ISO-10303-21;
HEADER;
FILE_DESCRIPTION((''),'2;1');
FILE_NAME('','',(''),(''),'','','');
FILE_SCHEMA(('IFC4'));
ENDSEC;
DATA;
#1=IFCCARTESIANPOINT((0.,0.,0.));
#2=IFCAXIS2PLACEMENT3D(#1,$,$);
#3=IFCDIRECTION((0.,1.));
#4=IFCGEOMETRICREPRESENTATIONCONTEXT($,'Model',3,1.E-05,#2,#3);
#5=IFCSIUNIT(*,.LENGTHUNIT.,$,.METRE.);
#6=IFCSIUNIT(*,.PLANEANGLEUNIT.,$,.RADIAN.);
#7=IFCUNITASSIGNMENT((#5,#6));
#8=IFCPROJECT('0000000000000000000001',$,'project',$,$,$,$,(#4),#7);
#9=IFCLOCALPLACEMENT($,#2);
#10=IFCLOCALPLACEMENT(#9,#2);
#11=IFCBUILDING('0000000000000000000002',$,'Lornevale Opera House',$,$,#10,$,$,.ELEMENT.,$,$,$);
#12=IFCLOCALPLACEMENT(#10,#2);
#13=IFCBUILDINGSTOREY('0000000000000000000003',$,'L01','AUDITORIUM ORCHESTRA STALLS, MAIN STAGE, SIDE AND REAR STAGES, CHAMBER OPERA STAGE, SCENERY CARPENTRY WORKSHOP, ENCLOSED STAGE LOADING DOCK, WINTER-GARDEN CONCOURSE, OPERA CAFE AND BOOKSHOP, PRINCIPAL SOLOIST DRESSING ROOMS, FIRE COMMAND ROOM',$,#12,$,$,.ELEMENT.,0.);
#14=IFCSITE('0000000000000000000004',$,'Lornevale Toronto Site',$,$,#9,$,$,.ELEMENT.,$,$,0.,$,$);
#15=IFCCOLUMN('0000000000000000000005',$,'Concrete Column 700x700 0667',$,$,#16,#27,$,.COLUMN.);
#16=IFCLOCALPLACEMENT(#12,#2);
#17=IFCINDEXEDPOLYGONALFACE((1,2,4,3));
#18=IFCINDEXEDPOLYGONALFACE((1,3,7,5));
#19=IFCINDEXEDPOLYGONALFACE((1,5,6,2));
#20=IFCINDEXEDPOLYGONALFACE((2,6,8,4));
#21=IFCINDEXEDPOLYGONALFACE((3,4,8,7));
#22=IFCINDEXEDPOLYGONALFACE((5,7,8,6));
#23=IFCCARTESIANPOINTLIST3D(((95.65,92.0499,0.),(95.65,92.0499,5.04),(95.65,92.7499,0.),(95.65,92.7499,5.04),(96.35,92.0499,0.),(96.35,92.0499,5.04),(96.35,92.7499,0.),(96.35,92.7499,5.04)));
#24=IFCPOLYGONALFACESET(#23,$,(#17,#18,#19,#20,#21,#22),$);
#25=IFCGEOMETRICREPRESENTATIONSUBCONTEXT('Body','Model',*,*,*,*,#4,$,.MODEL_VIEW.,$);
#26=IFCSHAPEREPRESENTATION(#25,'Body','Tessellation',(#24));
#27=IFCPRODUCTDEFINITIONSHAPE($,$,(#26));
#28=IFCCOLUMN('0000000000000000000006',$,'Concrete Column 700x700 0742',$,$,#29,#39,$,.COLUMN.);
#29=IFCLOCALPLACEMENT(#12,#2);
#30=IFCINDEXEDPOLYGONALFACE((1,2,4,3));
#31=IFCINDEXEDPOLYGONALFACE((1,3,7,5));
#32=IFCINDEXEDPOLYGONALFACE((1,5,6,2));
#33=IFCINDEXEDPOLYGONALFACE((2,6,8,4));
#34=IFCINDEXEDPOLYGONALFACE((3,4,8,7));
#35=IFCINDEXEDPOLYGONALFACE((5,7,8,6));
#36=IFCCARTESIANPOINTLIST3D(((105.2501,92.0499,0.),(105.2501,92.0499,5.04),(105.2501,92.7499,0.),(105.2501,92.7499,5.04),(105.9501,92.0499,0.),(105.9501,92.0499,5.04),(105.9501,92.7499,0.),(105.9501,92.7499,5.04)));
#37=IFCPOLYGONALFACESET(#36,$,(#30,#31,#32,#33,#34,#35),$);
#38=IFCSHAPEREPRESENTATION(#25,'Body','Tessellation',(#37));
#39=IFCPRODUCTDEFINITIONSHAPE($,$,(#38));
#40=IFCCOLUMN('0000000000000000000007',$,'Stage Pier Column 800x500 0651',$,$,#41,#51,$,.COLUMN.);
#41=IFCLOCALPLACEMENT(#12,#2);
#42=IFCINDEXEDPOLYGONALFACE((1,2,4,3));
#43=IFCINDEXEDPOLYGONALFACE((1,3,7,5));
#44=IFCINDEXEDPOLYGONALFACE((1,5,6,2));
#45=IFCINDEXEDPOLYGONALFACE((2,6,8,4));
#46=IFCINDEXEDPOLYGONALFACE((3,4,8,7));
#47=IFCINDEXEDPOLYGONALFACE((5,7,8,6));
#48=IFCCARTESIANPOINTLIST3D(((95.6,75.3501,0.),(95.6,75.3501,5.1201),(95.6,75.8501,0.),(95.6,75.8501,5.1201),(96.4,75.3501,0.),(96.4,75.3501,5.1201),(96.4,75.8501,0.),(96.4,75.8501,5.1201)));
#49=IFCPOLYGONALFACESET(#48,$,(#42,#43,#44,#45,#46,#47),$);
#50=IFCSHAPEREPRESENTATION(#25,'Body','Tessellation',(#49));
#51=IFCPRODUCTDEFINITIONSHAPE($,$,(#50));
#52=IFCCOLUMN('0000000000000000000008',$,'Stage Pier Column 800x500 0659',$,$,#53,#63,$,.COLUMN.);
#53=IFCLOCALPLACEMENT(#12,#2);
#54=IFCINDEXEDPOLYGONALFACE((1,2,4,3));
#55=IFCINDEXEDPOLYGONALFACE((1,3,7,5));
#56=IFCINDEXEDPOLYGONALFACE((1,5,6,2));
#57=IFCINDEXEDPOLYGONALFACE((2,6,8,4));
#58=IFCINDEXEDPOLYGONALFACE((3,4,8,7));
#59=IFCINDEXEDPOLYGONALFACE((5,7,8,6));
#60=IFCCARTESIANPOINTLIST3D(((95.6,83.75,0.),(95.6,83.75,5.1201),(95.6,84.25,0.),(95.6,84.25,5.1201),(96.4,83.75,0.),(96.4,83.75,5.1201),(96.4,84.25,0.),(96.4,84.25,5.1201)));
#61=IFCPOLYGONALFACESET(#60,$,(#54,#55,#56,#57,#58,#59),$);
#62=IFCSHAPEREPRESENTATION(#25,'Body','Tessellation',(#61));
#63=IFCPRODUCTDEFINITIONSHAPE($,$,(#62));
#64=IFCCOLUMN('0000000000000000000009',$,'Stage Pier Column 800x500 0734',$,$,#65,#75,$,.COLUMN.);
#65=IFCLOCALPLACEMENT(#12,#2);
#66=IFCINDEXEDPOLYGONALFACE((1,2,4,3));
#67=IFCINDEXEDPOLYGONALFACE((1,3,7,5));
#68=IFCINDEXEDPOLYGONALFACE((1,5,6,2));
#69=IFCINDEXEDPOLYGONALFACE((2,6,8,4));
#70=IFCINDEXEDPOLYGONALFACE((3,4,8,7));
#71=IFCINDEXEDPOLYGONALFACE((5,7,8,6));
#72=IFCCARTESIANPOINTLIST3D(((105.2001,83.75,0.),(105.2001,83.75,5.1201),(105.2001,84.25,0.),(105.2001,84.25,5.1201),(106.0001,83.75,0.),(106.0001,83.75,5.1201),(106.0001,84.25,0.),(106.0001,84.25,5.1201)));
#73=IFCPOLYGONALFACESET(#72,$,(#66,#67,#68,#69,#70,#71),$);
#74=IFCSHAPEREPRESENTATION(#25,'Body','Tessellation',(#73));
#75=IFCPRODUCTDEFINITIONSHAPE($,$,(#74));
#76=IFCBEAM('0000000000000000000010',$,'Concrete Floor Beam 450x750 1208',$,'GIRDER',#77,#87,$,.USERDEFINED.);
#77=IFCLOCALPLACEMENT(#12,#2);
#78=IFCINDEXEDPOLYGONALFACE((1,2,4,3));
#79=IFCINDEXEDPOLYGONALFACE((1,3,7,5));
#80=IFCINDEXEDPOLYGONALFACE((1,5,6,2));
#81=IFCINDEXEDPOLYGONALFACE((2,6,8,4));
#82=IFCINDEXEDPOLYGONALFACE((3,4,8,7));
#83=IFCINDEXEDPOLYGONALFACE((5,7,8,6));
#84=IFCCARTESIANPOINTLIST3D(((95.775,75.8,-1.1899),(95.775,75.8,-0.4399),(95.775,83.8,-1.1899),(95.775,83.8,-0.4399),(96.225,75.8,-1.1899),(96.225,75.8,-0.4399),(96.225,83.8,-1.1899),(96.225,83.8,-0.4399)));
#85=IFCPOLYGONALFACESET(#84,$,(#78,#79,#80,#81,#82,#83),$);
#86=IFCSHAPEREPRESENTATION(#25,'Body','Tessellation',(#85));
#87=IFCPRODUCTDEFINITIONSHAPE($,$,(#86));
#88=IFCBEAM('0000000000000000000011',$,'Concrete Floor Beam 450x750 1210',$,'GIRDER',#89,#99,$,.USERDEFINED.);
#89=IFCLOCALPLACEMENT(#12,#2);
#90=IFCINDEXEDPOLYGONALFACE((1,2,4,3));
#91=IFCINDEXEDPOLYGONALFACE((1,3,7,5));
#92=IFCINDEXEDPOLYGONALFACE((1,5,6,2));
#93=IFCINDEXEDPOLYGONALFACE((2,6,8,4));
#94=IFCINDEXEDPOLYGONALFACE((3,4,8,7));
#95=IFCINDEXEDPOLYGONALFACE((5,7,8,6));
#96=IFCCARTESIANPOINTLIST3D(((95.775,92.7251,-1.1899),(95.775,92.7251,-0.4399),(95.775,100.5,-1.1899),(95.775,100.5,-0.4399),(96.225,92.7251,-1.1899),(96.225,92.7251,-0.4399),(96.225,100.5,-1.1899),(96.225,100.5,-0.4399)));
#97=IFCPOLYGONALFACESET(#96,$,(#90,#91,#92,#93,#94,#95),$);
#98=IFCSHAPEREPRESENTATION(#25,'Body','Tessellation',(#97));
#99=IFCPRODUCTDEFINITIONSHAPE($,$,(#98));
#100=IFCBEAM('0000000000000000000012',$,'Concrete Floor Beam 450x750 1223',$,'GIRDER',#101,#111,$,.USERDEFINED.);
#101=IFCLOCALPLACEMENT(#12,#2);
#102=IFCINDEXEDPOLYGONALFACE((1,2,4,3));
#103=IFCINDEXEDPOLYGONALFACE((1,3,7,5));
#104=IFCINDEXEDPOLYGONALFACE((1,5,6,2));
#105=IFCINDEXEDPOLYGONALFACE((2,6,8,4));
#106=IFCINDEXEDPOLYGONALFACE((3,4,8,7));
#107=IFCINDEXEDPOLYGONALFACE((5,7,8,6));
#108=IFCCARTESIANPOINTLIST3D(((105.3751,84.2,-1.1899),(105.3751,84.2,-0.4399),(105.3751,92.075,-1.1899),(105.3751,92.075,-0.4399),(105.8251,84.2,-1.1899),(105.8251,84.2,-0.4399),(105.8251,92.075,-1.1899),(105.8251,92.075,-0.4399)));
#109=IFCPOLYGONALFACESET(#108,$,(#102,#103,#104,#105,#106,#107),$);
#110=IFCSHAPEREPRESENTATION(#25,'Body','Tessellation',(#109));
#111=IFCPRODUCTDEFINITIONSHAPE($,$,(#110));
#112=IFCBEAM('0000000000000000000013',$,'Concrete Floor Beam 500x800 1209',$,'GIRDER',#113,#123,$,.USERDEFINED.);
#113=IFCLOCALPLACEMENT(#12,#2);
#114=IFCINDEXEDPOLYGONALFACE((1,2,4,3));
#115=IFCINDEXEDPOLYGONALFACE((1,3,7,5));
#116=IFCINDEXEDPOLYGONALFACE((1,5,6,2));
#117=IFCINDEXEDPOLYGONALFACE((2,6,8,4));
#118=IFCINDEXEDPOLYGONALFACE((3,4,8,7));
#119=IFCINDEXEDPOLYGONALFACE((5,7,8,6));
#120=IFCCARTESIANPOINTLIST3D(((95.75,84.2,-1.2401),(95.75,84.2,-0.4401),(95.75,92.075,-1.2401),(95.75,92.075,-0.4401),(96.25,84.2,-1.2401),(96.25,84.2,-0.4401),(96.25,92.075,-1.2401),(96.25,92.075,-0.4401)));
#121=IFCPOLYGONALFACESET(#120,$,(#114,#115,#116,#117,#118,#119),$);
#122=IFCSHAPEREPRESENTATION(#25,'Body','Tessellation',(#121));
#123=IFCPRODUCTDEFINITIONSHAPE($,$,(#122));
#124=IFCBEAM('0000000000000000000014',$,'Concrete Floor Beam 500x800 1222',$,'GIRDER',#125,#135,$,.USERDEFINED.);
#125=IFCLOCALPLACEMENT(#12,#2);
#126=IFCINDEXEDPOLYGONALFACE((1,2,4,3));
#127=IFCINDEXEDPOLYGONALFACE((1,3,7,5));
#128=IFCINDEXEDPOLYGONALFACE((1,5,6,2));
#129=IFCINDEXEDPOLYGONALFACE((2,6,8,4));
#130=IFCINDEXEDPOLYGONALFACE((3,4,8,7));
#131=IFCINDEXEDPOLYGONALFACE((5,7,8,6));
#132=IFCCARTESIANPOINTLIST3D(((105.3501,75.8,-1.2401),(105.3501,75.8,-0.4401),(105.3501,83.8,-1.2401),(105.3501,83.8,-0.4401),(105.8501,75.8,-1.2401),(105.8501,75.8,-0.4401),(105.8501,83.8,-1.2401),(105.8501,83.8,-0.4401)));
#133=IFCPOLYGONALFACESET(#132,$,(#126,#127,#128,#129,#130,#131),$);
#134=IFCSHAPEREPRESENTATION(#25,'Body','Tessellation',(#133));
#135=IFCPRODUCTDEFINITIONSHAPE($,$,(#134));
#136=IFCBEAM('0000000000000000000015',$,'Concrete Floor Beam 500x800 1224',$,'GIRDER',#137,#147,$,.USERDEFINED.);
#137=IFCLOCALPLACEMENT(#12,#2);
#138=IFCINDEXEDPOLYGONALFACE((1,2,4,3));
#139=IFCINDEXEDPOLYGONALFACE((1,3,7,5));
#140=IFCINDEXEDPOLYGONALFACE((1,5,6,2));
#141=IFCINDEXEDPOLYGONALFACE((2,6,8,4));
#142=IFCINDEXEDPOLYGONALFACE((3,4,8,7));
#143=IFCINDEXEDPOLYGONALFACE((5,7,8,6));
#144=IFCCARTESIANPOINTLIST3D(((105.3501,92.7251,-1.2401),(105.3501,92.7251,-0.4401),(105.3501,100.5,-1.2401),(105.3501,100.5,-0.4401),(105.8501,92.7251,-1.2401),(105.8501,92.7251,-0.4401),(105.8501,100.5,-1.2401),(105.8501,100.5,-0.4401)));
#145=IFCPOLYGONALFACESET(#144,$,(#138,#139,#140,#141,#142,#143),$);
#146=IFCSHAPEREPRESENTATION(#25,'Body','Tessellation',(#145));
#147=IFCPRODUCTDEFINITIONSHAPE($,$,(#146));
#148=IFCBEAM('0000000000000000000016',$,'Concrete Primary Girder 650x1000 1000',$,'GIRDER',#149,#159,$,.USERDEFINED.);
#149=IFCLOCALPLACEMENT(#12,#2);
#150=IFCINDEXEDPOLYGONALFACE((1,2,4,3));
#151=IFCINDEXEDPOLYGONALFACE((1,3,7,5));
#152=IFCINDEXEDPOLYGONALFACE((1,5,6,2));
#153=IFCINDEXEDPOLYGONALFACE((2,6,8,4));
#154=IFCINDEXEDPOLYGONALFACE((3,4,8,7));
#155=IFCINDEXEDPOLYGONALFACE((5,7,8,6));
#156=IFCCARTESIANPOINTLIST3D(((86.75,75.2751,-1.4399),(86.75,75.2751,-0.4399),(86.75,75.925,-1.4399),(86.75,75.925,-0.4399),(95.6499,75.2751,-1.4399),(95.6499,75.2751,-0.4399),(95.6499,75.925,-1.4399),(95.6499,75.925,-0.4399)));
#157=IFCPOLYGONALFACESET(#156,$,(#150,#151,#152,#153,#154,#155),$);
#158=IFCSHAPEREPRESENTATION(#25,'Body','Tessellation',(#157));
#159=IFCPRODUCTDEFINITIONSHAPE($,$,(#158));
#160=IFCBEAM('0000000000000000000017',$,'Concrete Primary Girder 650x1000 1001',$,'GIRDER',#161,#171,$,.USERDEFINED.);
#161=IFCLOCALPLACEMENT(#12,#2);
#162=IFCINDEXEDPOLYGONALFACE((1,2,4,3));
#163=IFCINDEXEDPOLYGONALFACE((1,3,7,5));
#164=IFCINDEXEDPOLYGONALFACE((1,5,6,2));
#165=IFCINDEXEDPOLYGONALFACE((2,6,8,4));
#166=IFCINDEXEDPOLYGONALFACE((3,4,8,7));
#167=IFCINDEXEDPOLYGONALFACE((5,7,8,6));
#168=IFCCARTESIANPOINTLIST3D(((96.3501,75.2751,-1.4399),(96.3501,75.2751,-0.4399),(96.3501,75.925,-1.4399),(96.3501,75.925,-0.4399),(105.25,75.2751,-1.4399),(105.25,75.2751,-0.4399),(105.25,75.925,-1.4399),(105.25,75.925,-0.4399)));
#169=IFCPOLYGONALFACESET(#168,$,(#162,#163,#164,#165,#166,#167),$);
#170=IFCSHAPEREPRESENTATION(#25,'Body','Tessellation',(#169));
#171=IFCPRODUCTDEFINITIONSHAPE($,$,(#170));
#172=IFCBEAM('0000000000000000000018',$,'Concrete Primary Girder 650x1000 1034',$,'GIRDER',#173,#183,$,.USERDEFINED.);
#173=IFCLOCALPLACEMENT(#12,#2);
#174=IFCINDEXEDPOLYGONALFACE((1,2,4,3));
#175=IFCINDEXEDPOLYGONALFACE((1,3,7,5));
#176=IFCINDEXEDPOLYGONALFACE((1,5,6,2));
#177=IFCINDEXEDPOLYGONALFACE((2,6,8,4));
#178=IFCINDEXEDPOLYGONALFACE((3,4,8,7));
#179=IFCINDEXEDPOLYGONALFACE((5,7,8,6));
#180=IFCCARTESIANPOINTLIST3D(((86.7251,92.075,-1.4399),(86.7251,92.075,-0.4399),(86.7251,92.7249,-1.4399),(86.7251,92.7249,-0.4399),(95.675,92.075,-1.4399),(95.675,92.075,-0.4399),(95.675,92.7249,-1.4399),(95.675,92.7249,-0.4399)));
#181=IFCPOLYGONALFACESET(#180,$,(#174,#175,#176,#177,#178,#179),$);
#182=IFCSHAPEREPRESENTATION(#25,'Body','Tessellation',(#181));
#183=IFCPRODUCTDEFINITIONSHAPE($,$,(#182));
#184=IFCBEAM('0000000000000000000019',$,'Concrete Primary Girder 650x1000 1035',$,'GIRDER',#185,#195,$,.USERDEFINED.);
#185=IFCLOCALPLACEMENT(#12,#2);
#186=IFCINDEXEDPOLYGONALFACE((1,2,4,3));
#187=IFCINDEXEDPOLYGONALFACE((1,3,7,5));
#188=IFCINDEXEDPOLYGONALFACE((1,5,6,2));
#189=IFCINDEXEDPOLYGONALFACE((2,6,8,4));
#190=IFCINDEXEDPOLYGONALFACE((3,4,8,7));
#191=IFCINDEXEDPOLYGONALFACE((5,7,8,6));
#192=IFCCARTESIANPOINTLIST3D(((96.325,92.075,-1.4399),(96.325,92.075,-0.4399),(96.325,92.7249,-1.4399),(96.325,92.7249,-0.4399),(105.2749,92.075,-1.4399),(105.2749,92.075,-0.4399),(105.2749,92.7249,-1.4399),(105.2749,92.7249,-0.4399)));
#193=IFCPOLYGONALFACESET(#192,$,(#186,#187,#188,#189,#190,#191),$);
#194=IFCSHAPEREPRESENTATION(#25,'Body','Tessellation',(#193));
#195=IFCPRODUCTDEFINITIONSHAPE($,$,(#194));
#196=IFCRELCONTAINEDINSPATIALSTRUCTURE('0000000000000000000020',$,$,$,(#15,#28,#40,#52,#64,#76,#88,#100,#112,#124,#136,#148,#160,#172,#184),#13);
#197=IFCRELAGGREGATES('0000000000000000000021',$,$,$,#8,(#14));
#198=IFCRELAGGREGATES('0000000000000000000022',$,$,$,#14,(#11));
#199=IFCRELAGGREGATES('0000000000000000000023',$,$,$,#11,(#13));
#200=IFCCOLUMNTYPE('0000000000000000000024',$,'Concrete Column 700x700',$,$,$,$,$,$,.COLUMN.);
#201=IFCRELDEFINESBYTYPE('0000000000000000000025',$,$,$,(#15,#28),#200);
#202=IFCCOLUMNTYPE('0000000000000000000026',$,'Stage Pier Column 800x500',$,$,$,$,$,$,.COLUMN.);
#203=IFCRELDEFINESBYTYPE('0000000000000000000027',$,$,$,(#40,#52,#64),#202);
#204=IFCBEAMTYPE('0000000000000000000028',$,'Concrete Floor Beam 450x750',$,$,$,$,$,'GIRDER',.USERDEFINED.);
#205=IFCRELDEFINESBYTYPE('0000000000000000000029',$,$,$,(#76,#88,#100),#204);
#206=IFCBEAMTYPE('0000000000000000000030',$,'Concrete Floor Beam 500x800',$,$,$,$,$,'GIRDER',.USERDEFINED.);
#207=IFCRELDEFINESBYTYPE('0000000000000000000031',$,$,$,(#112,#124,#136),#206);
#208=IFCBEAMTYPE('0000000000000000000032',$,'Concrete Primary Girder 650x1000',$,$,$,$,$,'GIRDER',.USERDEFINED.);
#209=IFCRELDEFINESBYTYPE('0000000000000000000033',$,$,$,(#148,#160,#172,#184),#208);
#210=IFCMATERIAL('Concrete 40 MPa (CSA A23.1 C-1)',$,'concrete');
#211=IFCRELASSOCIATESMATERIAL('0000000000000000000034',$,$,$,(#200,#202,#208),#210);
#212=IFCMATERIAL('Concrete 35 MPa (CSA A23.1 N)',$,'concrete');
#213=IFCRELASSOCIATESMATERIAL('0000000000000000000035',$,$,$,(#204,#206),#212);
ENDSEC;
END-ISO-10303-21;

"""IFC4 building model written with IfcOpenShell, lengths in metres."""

from ifc_helpers import new_model, si_unit, direction, frame, origin, origin_2d, place, context, subcontext, project, spatial, rectangle, extrude, material, material_profile, profile_set, type_object, element, save


model = new_model("IFC4")

# Units and contexts
model_context = context("Model", 3, precision=1e-05, world=origin(), true_north=direction((0.0, 1.0)))
body_context = subcontext(model_context, "Body", "Model", "MODEL_VIEW")
ifc_project = project(units=[si_unit("LENGTHUNIT", "METRE"), si_unit("PLANEANGLEUNIT", "RADIAN")], contexts=[model_context])

# Site, building, storey
site_placement = place(None, origin())
site = spatial("IfcSite", under=ifc_project, at=site_placement, Name="Lornevale Toronto Site", CompositionType="ELEMENT", RefElevation=0.0)
building_placement = place(site_placement, origin())
building = spatial("IfcBuilding", under=site, at=building_placement, Name="Lornevale Opera House", CompositionType="ELEMENT")
storey_placement = place(building_placement, origin())
storey = spatial("IfcBuildingStorey", under=building, at=storey_placement, Name="L01", Description="AUDITORIUM ORCHESTRA STALLS, MAIN STAGE, SIDE AND REAR STAGES, CHAMBER OPERA STAGE, SCENERY CARPENTRY WORKSHOP, ENCLOSED STAGE LOADING DOCK, WINTER-GARDEN CONCOURSE, OPERA CAFE AND BOOKSHOP, PRINCIPAL SOLOIST DRESSING ROOMS, FIRE COMMAND ROOM", CompositionType="ELEMENT", Elevation=0.0)

# Columns
ifc_material_1 = material(Name="Concrete 40 MPa (CSA A23.1 C-1)", Category="concrete")
ifc_material_profile_1 = material_profile(ifc_material_1, rectangle(XDim=0.7, YDim=0.7, at=origin_2d()), Name="RC700x700")
ifc_profile_set_1 = profile_set([ifc_material_profile_1], Name="Concrete 40 MPa (CSA A23.1 C-1)")
column_type_1 = type_object("IfcColumnType", Name="Concrete Column 700x700", PredefinedType="COLUMN", material=ifc_profile_set_1)
for number, where, z_axis, x_axis, name in (
    (1, (96.0, 92.3999, 0.0), (0.0, 0.0, 1.0), (1.0, 0.0, 0.0), "Concrete Column 700x700 0667"),
    (2, (105.6001, 92.3999, 0.0), (0.0, 0.0, 1.0), (1.0, 0.0, 0.0), "Concrete Column 700x700 0742"),
):
    element("IfcColumn", number, at=place(storey_placement, frame(where, z_axis=z_axis, x_axis=x_axis)), inside=storey, type_object=column_type_1, Name=name, PredefinedType="COLUMN", context=body_context, shape_type="SweptSolid", body=[
        extrude(rectangle(XDim=0.7, YDim=0.7, at=origin_2d()), origin(), (0.0, 0.0, 1.0), 5.04),
    ])
ifc_material_profile_2 = material_profile(ifc_material_1, rectangle(XDim=0.8, YDim=0.5, at=origin_2d()), Name="RC800x500")
ifc_profile_set_2 = profile_set([ifc_material_profile_2], Name="Concrete 40 MPa (CSA A23.1 C-1)")
column_type_2 = type_object("IfcColumnType", Name="Stage Pier Column 800x500", PredefinedType="COLUMN", material=ifc_profile_set_2)
for number, where, z_axis, x_axis, name in (
    (3, (96.0, 75.6001, 0.0), (0.0, 0.0, 1.0), (1.0, 0.0, 0.0), "Stage Pier Column 800x500 0651"),
    (4, (96.0, 84.0, 0.0), (0.0, 0.0, 1.0), (1.0, 0.0, 0.0), "Stage Pier Column 800x500 0659"),
    (5, (105.6001, 84.0, 0.0), (0.0, 0.0, 1.0), (1.0, 0.0, 0.0), "Stage Pier Column 800x500 0734"),
):
    element("IfcColumn", number, at=place(storey_placement, frame(where, z_axis=z_axis, x_axis=x_axis)), inside=storey, type_object=column_type_2, Name=name, PredefinedType="COLUMN", context=body_context, shape_type="SweptSolid", body=[
        extrude(rectangle(XDim=0.8, YDim=0.5, at=origin_2d()), origin(), (0.0, 0.0, 1.0), 5.1201),
    ])

# Beams
ifc_material_2 = material(Name="Concrete 35 MPa (CSA A23.1 N)", Category="concrete")
ifc_material_profile_3 = material_profile(ifc_material_2, rectangle(XDim=0.45, YDim=0.75, at=origin_2d()), Name="RC450x750")
ifc_profile_set_3 = profile_set([ifc_material_profile_3], Name="Concrete 35 MPa (CSA A23.1 N)")
beam_type_1 = type_object("IfcBeamType", Name="Concrete Floor Beam 450x750", ElementType="GIRDER", PredefinedType="USERDEFINED", material=ifc_profile_set_3)
beam_1_placement = place(storey_placement, frame((96.0, 75.8, -0.8149), z_axis=(0.0, 1.0, 0.0), x_axis=(-1.0, 0.0, 0.0)))
element("IfcBeam", 6, at=beam_1_placement, inside=storey, type_object=beam_type_1, Name="Concrete Floor Beam 450x750 1208", ObjectType="GIRDER", PredefinedType="USERDEFINED", context=body_context, shape_type="SweptSolid", body=[
    extrude(rectangle(XDim=0.45, YDim=0.75, at=origin_2d()), origin(), (0.0, 0.0, 1.0), 8.0),
])
beam_2_placement = place(storey_placement, frame((96.0, 92.7251, -0.8149), z_axis=(0.0, 1.0, 0.0), x_axis=(-1.0, 0.0, 0.0)))
element("IfcBeam", 7, at=beam_2_placement, inside=storey, type_object=beam_type_1, Name="Concrete Floor Beam 450x750 1210", ObjectType="GIRDER", PredefinedType="USERDEFINED", context=body_context, shape_type="SweptSolid", body=[
    extrude(rectangle(XDim=0.45, YDim=0.75, at=origin_2d()), origin(), (0.0, 0.0, 1.0), 7.7749),
])
beam_3_placement = place(storey_placement, frame((105.6001, 84.2, -0.8149), z_axis=(0.0, 1.0, 0.0), x_axis=(-1.0, 0.0, 0.0)))
element("IfcBeam", 8, at=beam_3_placement, inside=storey, type_object=beam_type_1, Name="Concrete Floor Beam 450x750 1223", ObjectType="GIRDER", PredefinedType="USERDEFINED", context=body_context, shape_type="SweptSolid", body=[
    extrude(rectangle(XDim=0.45, YDim=0.75, at=origin_2d()), origin(), (0.0, 0.0, 1.0), 7.875),
])
ifc_material_profile_4 = material_profile(ifc_material_2, rectangle(XDim=0.5, YDim=0.8, at=origin_2d()), Name="RC500x800")
ifc_profile_set_4 = profile_set([ifc_material_profile_4], Name="Concrete 35 MPa (CSA A23.1 N)")
beam_type_2 = type_object("IfcBeamType", Name="Concrete Floor Beam 500x800", ElementType="GIRDER", PredefinedType="USERDEFINED", material=ifc_profile_set_4)
beam_4_placement = place(storey_placement, frame((96.0, 84.2, -0.8401), z_axis=(0.0, 1.0, 0.0), x_axis=(-1.0, 0.0, 0.0)))
element("IfcBeam", 9, at=beam_4_placement, inside=storey, type_object=beam_type_2, Name="Concrete Floor Beam 500x800 1209", ObjectType="GIRDER", PredefinedType="USERDEFINED", context=body_context, shape_type="SweptSolid", body=[
    extrude(rectangle(XDim=0.5, YDim=0.8, at=origin_2d()), origin(), (0.0, 0.0, 1.0), 7.875),
])
beam_5_placement = place(storey_placement, frame((105.6001, 75.8, -0.8401), z_axis=(0.0, 1.0, 0.0), x_axis=(-1.0, 0.0, 0.0)))
element("IfcBeam", 10, at=beam_5_placement, inside=storey, type_object=beam_type_2, Name="Concrete Floor Beam 500x800 1222", ObjectType="GIRDER", PredefinedType="USERDEFINED", context=body_context, shape_type="SweptSolid", body=[
    extrude(rectangle(XDim=0.5, YDim=0.8, at=origin_2d()), origin(), (0.0, 0.0, 1.0), 8.0),
])
beam_6_placement = place(storey_placement, frame((105.6001, 92.7251, -0.8401), z_axis=(0.0, 1.0, 0.0), x_axis=(-1.0, 0.0, 0.0)))
element("IfcBeam", 11, at=beam_6_placement, inside=storey, type_object=beam_type_2, Name="Concrete Floor Beam 500x800 1224", ObjectType="GIRDER", PredefinedType="USERDEFINED", context=body_context, shape_type="SweptSolid", body=[
    extrude(rectangle(XDim=0.5, YDim=0.8, at=origin_2d()), origin(), (0.0, 0.0, 1.0), 7.7749),
])
ifc_material_profile_5 = material_profile(ifc_material_1, rectangle(XDim=0.6499, YDim=1.0, at=origin_2d()), Name="RC650x1000")
ifc_profile_set_5 = profile_set([ifc_material_profile_5], Name="Concrete 40 MPa (CSA A23.1 C-1)")
beam_type_3 = type_object("IfcBeamType", Name="Concrete Primary Girder 650x1000", ElementType="GIRDER", PredefinedType="USERDEFINED", material=ifc_profile_set_5)
for number, where, z_axis, x_axis, name in (
    (12, (86.75, 75.6001, -0.9399), (1.0, 0.0, 0.0), (0.0, 1.0, 0.0), "Concrete Primary Girder 650x1000 1000"),
    (13, (96.3501, 75.6001, -0.9399), (1.0, 0.0, 0.0), (0.0, 1.0, 0.0), "Concrete Primary Girder 650x1000 1001"),
):
    element("IfcBeam", number, at=place(storey_placement, frame(where, z_axis=z_axis, x_axis=x_axis)), inside=storey, type_object=beam_type_3, Name=name, ObjectType="GIRDER", PredefinedType="USERDEFINED", context=body_context, shape_type="SweptSolid", body=[
        extrude(rectangle(XDim=0.6499, YDim=1.0, at=origin_2d()), origin(), (0.0, 0.0, 1.0), 8.8999),
    ])
for number, where, z_axis, x_axis, name in (
    (14, (86.7251, 92.3999, -0.9399), (1.0, 0.0, 0.0), (0.0, 1.0, 0.0), "Concrete Primary Girder 650x1000 1034"),
    (15, (96.325, 92.3999, -0.9399), (1.0, 0.0, 0.0), (0.0, 1.0, 0.0), "Concrete Primary Girder 650x1000 1035"),
):
    element("IfcBeam", number, at=place(storey_placement, frame(where, z_axis=z_axis, x_axis=x_axis)), inside=storey, type_object=beam_type_3, Name=name, ObjectType="GIRDER", PredefinedType="USERDEFINED", context=body_context, shape_type="SweptSolid", body=[
        extrude(rectangle(XDim=0.6499, YDim=1.0, at=origin_2d()), origin(), (0.0, 0.0, 1.0), 8.95),
    ])

save(model, "model.ifc")
